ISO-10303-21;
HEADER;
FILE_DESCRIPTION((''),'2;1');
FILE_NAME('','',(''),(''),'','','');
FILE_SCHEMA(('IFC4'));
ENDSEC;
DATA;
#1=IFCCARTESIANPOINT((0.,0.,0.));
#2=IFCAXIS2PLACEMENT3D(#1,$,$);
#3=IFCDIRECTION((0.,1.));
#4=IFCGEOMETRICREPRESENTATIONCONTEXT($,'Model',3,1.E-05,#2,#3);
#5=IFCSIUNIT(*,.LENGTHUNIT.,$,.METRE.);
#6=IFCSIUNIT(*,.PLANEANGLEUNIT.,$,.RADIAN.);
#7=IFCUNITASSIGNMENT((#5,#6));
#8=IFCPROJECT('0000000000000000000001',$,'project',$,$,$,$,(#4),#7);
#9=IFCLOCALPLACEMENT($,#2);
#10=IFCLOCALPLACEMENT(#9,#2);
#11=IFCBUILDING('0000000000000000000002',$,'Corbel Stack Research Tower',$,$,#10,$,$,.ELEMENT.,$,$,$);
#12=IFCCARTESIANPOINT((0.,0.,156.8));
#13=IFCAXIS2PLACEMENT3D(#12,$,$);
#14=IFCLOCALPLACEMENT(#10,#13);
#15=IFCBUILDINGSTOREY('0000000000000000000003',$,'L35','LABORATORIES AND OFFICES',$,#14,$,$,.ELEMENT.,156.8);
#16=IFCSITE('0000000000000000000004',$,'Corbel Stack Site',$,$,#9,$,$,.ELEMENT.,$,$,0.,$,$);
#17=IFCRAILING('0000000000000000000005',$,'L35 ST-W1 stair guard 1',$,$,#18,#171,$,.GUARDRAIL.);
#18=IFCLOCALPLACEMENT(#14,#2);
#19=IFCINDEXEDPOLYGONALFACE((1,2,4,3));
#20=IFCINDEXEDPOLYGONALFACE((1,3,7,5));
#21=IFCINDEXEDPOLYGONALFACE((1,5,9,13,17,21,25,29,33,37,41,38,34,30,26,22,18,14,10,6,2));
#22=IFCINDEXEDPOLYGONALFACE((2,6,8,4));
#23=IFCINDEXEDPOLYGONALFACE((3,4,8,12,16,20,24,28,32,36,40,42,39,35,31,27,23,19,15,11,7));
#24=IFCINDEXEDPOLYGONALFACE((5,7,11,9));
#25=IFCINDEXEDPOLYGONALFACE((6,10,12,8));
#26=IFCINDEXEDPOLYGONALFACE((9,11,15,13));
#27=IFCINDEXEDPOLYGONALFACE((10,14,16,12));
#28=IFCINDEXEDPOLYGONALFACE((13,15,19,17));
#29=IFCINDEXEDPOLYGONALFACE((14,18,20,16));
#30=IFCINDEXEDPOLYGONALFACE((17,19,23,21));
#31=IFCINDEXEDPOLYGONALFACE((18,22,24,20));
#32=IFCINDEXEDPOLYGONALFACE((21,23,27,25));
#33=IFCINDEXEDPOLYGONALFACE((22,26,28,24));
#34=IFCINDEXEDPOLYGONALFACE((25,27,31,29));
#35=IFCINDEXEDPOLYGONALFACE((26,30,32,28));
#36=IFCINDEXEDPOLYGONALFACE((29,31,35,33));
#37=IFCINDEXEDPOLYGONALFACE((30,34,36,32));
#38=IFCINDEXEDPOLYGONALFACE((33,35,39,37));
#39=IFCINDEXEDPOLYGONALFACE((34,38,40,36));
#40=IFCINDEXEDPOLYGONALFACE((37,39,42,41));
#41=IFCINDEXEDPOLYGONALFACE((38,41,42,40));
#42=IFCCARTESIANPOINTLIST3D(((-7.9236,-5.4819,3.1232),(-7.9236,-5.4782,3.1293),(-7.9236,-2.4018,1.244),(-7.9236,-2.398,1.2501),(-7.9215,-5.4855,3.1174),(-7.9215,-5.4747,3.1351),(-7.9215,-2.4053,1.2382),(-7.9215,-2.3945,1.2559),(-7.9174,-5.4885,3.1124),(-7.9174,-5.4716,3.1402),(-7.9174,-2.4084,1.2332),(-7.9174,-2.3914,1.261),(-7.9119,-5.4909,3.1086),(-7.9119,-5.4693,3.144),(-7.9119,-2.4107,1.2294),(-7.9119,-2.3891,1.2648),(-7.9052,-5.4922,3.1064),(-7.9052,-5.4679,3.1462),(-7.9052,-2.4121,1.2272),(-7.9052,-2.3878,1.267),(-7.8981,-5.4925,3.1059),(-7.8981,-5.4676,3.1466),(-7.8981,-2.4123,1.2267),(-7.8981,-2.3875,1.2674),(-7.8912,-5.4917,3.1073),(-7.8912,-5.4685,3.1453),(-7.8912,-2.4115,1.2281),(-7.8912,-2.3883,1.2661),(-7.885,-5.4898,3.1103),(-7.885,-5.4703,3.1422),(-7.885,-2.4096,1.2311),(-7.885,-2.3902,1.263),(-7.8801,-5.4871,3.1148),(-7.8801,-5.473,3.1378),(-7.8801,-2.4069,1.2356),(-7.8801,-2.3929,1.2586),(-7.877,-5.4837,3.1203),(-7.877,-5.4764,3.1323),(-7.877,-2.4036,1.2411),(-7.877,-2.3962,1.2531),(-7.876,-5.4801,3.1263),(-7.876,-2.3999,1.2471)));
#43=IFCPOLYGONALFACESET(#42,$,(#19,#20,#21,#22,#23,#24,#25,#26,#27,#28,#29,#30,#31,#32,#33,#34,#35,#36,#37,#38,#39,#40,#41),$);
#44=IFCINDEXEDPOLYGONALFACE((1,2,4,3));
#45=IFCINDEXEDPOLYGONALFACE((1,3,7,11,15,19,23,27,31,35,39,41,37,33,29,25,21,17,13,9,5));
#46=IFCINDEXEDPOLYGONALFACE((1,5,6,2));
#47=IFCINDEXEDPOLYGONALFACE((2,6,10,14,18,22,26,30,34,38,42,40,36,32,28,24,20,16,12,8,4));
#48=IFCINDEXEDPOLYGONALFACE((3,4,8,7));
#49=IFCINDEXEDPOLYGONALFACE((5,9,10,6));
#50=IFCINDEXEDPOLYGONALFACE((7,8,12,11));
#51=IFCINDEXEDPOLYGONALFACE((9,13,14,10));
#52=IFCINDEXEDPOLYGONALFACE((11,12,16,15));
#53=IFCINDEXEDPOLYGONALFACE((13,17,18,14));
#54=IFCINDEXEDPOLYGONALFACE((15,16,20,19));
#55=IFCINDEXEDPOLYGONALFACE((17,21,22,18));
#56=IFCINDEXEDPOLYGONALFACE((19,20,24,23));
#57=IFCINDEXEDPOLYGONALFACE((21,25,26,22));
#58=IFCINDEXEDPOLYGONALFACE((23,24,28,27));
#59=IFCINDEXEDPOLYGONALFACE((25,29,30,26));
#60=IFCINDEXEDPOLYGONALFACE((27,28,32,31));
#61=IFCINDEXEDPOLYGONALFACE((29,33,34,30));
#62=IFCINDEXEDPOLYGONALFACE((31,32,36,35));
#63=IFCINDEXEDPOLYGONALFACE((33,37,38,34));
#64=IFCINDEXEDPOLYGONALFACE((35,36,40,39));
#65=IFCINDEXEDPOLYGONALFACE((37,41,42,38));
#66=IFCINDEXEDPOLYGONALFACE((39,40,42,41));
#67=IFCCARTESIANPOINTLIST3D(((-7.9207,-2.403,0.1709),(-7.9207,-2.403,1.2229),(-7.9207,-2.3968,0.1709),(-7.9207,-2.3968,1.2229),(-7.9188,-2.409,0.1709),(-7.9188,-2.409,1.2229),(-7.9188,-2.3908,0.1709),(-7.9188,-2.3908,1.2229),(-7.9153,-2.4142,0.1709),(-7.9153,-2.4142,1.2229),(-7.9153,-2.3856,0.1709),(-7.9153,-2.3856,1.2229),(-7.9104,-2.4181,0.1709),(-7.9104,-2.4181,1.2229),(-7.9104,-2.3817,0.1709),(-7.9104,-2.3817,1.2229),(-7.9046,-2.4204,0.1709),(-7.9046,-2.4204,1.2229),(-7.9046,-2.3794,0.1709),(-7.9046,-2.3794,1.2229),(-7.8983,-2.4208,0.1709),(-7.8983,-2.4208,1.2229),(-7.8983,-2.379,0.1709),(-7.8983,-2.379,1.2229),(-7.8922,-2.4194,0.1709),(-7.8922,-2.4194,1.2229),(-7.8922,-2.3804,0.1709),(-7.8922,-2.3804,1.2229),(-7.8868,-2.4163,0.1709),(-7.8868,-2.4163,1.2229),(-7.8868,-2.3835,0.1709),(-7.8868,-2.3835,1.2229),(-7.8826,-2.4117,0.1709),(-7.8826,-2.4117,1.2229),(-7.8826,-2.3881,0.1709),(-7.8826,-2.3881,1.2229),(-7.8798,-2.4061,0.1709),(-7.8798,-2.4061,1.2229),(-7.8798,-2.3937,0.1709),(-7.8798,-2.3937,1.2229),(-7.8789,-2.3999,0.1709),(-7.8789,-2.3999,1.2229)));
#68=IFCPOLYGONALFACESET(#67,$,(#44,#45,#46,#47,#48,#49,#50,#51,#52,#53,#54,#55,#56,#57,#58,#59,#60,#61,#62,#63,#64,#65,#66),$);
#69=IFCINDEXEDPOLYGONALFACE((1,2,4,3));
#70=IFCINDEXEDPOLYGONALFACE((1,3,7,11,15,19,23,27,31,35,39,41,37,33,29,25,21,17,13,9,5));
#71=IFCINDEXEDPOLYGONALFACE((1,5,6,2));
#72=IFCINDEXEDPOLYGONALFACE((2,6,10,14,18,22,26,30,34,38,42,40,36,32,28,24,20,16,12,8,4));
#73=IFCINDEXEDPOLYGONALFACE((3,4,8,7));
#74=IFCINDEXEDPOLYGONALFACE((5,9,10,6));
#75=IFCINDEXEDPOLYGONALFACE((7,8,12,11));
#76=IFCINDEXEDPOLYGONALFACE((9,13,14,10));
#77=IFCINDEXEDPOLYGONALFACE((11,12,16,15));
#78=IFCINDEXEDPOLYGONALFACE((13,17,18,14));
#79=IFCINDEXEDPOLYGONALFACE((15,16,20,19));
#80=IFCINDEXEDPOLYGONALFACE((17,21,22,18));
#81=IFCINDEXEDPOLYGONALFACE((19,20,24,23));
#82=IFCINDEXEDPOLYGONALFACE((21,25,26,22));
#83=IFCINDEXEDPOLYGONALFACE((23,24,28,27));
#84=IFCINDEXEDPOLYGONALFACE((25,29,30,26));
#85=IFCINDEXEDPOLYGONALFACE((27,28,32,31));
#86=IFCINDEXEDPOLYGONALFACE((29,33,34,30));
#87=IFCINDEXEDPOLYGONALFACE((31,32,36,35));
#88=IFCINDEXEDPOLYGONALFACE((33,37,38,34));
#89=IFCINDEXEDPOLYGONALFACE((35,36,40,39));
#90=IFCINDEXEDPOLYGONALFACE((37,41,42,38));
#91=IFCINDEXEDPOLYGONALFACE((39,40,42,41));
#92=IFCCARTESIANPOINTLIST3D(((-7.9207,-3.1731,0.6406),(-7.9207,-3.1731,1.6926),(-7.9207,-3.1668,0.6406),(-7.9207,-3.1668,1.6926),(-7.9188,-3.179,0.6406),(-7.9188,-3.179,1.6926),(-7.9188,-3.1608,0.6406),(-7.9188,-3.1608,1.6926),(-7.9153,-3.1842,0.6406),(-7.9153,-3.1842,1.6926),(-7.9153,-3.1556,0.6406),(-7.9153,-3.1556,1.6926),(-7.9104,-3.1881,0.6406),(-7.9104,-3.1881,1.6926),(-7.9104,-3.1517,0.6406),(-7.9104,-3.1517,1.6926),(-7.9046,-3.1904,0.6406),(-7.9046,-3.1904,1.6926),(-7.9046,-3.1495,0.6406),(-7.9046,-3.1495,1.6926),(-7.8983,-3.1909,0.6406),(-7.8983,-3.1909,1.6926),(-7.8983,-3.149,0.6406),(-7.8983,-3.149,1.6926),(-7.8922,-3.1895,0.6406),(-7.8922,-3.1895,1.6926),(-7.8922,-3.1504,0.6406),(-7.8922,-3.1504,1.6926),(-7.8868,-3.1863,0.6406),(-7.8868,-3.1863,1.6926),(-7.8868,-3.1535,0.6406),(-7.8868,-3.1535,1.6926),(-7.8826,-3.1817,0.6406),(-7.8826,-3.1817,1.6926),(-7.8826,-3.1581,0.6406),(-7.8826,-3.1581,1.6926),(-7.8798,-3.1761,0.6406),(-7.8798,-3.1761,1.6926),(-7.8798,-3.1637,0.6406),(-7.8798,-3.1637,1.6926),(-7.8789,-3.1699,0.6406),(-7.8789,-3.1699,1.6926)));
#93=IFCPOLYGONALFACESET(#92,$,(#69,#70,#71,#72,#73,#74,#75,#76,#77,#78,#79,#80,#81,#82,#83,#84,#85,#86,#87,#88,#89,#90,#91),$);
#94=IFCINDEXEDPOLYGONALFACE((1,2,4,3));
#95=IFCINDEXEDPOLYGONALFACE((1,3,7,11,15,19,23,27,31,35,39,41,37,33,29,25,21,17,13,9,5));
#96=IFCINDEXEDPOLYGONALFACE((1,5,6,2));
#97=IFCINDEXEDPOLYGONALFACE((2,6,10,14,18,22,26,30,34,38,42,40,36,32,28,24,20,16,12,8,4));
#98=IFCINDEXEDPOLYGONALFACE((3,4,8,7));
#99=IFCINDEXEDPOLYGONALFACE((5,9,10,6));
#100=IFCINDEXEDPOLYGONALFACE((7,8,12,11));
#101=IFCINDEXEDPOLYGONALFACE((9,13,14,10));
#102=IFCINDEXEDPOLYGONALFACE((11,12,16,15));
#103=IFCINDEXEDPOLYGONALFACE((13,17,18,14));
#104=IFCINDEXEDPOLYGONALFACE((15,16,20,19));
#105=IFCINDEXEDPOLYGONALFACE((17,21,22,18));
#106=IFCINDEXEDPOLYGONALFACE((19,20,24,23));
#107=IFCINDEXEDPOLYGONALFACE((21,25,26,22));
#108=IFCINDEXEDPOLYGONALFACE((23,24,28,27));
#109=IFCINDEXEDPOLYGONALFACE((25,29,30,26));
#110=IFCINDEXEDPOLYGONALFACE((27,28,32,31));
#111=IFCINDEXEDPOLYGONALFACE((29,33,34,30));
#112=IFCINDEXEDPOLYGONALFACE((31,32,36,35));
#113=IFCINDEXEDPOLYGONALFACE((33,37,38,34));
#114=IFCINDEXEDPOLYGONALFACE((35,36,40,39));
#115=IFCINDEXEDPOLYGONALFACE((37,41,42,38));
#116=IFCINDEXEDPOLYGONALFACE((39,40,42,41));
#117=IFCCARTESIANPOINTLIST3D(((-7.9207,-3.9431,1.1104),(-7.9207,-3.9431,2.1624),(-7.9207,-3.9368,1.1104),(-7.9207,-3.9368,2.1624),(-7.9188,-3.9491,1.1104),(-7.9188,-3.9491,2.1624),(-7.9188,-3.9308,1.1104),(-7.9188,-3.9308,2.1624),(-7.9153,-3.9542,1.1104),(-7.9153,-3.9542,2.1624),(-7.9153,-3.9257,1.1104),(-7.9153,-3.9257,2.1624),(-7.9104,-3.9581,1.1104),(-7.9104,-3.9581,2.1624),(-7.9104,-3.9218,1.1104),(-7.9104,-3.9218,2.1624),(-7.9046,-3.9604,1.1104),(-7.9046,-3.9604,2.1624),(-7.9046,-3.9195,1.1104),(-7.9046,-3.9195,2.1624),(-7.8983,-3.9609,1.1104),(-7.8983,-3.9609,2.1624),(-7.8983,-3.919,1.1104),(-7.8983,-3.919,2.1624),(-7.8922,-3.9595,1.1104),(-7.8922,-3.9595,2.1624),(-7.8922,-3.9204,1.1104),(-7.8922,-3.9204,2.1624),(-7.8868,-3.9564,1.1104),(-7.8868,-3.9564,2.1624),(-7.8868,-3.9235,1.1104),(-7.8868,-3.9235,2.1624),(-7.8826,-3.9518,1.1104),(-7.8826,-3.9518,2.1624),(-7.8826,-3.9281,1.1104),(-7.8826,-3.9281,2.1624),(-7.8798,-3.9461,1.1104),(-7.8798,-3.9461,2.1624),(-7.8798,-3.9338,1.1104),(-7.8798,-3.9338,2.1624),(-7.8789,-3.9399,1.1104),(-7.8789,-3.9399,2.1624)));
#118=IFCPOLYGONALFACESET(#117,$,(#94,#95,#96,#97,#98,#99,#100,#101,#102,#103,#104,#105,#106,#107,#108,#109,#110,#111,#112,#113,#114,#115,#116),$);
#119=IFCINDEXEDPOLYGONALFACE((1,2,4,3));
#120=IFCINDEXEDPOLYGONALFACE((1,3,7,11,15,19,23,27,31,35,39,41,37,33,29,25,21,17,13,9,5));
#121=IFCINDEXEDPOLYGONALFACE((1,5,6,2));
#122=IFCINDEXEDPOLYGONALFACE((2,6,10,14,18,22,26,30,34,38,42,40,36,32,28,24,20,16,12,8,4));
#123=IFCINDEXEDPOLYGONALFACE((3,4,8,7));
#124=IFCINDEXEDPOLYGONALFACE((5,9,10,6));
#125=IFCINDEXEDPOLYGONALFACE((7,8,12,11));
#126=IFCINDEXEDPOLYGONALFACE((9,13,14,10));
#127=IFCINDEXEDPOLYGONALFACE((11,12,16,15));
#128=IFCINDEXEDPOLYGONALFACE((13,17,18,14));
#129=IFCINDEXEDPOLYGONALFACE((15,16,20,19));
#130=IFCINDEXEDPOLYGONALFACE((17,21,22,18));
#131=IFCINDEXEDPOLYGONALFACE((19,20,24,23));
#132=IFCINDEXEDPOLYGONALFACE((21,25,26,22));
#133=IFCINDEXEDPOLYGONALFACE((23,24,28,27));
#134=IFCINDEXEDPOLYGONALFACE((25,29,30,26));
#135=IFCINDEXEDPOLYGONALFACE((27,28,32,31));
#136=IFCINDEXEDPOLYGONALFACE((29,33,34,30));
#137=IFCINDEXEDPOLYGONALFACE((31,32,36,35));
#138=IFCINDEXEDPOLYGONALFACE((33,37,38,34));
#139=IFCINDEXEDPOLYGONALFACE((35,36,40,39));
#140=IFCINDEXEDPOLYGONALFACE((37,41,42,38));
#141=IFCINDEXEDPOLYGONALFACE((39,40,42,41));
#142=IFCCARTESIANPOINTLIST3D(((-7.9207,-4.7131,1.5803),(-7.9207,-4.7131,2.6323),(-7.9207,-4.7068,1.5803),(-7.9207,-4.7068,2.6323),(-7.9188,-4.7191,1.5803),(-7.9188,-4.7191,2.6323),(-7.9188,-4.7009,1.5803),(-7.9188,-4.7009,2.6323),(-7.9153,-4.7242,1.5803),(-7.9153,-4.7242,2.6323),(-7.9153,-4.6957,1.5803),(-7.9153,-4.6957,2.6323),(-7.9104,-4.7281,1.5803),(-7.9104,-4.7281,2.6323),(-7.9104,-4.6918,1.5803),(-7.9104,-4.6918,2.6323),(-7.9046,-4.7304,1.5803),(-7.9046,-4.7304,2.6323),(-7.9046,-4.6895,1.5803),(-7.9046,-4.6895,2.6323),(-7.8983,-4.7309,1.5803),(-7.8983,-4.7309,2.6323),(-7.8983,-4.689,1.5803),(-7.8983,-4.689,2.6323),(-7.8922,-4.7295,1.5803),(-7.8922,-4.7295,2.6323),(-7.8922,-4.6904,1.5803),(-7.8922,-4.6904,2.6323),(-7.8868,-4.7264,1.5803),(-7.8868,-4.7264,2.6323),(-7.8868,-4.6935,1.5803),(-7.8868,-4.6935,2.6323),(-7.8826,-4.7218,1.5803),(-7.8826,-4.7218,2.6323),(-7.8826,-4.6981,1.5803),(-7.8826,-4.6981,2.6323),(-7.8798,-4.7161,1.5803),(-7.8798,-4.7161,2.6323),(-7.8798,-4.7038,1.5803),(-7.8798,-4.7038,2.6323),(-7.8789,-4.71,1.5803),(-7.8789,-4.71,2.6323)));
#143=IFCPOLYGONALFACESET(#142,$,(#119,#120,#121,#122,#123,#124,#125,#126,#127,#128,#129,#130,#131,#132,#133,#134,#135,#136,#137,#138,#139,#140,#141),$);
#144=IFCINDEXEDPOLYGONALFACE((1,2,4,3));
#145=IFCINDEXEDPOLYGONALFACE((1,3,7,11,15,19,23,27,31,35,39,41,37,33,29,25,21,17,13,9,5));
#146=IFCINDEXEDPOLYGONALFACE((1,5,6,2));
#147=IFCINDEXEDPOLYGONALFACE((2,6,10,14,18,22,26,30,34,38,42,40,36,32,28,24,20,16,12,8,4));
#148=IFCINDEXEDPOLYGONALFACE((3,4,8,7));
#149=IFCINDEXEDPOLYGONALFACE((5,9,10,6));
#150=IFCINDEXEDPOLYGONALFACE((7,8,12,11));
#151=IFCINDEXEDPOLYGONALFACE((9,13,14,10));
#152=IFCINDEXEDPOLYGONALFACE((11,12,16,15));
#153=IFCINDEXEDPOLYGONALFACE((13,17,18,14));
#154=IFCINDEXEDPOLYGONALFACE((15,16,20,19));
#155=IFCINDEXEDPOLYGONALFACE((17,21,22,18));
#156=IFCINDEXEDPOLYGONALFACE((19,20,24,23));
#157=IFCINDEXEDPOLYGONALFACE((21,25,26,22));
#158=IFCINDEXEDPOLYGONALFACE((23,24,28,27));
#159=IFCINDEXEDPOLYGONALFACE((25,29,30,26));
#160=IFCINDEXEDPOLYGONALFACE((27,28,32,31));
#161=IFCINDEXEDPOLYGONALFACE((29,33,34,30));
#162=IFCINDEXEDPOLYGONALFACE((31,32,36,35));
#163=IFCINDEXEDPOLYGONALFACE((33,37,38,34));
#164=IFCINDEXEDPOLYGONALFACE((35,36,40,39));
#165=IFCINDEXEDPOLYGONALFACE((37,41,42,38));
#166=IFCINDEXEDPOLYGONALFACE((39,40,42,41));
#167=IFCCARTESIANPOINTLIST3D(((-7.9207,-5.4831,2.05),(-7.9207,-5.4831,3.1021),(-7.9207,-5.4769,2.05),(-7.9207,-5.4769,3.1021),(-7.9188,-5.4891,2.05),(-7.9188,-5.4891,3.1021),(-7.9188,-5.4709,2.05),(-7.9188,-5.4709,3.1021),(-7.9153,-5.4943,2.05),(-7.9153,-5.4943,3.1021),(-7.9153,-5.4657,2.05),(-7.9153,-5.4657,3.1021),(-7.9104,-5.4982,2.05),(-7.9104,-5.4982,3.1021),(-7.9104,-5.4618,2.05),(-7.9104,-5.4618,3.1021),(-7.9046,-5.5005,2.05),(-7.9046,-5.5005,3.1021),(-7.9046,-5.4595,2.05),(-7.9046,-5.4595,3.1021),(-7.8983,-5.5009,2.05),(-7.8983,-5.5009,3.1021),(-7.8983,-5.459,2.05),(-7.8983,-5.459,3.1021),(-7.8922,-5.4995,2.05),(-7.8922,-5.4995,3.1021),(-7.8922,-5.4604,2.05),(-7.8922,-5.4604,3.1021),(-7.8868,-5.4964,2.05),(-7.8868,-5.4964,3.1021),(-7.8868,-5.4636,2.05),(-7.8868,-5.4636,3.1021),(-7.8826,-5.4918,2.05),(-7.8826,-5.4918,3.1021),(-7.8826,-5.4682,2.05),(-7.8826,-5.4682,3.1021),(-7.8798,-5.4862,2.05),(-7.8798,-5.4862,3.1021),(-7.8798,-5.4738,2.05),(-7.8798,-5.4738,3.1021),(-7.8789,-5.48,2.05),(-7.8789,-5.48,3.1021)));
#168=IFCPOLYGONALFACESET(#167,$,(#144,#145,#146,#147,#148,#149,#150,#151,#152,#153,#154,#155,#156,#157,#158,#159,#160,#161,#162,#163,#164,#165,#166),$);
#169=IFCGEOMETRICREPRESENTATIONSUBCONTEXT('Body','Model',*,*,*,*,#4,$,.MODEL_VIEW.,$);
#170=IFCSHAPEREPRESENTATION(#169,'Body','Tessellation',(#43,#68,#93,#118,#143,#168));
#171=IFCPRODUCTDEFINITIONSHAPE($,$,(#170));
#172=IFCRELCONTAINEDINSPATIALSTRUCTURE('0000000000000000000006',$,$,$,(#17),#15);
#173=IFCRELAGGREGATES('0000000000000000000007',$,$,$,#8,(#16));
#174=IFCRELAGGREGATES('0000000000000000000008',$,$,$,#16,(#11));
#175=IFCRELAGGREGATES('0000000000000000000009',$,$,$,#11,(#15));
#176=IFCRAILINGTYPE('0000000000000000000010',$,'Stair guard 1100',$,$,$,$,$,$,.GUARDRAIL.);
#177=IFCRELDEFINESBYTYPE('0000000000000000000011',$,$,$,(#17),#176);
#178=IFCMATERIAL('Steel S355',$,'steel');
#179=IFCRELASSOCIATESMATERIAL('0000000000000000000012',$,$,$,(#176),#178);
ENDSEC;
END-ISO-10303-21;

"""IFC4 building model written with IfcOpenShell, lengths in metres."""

from ifc_helpers import new_model, si_unit, direction, frame, origin, origin_2d, place, context, subcontext, project, spatial, circle, extrude, material, type_object, element, save


model = new_model("IFC4")

# Units and contexts
model_context = context("Model", 3, precision=1e-05, world=origin(), true_north=direction((0.0, 1.0)))
body_context = subcontext(model_context, "Body", "Model", "MODEL_VIEW")
ifc_project = project(units=[si_unit("LENGTHUNIT", "METRE"), si_unit("PLANEANGLEUNIT", "RADIAN")], contexts=[model_context])

# Site, building, storey
site_placement = place(None, origin())
site = spatial("IfcSite", under=ifc_project, at=site_placement, Name="Corbel Stack Site", CompositionType="ELEMENT", RefElevation=0.0)
building_placement = place(site_placement, origin())
building = spatial("IfcBuilding", under=site, at=building_placement, Name="Corbel Stack Research Tower", CompositionType="ELEMENT")
storey_placement = place(building_placement, frame((0.0, 0.0, 156.8)))
storey = spatial("IfcBuildingStorey", under=building, at=storey_placement, Name="L35", Description="LABORATORIES AND OFFICES", CompositionType="ELEMENT", Elevation=156.8)

# Railing
ifc_material_1 = material(Name="Steel S355", Category="steel")
railing_type_1 = type_object("IfcRailingType", Name="Stair guard 1100", PredefinedType="GUARDRAIL", material=ifc_material_1)
railing_1_placement = place(storey_placement, frame((-7.8999, -2.3999, 0.1709)))
element("IfcRailing", 1, at=railing_1_placement, inside=storey, type_object=railing_type_1, Name="L35 ST-W1 stair guard 1", PredefinedType="GUARDRAIL", context=body_context, shape_type="SweptSolid", body=[
    extrude(circle(Radius=0.0239, at=origin_2d()), frame((0.0, 0.0, 1.0762), z_axis=(0.0, -0.853666, 0.52082), x_axis=(1.0, 0.0, 0.0)), (0.0, 0.0, 1.0), 3.6082),
    extrude(circle(Radius=0.021, at=origin_2d()), origin(), (0.0, 0.0, 1.0), 1.052),
    extrude(circle(Radius=0.021, at=origin_2d()), frame((0.0, -0.77, 0.4697)), (0.0, 0.0, 1.0), 1.052),
    extrude(circle(Radius=0.021, at=origin_2d()), frame((0.0, -1.54, 0.9395)), (0.0, 0.0, 1.0), 1.052),
    extrude(circle(Radius=0.021, at=origin_2d()), frame((0.0, -2.3101, 1.4094)), (0.0, 0.0, 1.0), 1.052),
    extrude(circle(Radius=0.021, at=origin_2d()), frame((0.0, -3.0801, 1.8792)), (0.0, 0.0, 1.0), 1.052),
])

save(model, "model.ifc")
